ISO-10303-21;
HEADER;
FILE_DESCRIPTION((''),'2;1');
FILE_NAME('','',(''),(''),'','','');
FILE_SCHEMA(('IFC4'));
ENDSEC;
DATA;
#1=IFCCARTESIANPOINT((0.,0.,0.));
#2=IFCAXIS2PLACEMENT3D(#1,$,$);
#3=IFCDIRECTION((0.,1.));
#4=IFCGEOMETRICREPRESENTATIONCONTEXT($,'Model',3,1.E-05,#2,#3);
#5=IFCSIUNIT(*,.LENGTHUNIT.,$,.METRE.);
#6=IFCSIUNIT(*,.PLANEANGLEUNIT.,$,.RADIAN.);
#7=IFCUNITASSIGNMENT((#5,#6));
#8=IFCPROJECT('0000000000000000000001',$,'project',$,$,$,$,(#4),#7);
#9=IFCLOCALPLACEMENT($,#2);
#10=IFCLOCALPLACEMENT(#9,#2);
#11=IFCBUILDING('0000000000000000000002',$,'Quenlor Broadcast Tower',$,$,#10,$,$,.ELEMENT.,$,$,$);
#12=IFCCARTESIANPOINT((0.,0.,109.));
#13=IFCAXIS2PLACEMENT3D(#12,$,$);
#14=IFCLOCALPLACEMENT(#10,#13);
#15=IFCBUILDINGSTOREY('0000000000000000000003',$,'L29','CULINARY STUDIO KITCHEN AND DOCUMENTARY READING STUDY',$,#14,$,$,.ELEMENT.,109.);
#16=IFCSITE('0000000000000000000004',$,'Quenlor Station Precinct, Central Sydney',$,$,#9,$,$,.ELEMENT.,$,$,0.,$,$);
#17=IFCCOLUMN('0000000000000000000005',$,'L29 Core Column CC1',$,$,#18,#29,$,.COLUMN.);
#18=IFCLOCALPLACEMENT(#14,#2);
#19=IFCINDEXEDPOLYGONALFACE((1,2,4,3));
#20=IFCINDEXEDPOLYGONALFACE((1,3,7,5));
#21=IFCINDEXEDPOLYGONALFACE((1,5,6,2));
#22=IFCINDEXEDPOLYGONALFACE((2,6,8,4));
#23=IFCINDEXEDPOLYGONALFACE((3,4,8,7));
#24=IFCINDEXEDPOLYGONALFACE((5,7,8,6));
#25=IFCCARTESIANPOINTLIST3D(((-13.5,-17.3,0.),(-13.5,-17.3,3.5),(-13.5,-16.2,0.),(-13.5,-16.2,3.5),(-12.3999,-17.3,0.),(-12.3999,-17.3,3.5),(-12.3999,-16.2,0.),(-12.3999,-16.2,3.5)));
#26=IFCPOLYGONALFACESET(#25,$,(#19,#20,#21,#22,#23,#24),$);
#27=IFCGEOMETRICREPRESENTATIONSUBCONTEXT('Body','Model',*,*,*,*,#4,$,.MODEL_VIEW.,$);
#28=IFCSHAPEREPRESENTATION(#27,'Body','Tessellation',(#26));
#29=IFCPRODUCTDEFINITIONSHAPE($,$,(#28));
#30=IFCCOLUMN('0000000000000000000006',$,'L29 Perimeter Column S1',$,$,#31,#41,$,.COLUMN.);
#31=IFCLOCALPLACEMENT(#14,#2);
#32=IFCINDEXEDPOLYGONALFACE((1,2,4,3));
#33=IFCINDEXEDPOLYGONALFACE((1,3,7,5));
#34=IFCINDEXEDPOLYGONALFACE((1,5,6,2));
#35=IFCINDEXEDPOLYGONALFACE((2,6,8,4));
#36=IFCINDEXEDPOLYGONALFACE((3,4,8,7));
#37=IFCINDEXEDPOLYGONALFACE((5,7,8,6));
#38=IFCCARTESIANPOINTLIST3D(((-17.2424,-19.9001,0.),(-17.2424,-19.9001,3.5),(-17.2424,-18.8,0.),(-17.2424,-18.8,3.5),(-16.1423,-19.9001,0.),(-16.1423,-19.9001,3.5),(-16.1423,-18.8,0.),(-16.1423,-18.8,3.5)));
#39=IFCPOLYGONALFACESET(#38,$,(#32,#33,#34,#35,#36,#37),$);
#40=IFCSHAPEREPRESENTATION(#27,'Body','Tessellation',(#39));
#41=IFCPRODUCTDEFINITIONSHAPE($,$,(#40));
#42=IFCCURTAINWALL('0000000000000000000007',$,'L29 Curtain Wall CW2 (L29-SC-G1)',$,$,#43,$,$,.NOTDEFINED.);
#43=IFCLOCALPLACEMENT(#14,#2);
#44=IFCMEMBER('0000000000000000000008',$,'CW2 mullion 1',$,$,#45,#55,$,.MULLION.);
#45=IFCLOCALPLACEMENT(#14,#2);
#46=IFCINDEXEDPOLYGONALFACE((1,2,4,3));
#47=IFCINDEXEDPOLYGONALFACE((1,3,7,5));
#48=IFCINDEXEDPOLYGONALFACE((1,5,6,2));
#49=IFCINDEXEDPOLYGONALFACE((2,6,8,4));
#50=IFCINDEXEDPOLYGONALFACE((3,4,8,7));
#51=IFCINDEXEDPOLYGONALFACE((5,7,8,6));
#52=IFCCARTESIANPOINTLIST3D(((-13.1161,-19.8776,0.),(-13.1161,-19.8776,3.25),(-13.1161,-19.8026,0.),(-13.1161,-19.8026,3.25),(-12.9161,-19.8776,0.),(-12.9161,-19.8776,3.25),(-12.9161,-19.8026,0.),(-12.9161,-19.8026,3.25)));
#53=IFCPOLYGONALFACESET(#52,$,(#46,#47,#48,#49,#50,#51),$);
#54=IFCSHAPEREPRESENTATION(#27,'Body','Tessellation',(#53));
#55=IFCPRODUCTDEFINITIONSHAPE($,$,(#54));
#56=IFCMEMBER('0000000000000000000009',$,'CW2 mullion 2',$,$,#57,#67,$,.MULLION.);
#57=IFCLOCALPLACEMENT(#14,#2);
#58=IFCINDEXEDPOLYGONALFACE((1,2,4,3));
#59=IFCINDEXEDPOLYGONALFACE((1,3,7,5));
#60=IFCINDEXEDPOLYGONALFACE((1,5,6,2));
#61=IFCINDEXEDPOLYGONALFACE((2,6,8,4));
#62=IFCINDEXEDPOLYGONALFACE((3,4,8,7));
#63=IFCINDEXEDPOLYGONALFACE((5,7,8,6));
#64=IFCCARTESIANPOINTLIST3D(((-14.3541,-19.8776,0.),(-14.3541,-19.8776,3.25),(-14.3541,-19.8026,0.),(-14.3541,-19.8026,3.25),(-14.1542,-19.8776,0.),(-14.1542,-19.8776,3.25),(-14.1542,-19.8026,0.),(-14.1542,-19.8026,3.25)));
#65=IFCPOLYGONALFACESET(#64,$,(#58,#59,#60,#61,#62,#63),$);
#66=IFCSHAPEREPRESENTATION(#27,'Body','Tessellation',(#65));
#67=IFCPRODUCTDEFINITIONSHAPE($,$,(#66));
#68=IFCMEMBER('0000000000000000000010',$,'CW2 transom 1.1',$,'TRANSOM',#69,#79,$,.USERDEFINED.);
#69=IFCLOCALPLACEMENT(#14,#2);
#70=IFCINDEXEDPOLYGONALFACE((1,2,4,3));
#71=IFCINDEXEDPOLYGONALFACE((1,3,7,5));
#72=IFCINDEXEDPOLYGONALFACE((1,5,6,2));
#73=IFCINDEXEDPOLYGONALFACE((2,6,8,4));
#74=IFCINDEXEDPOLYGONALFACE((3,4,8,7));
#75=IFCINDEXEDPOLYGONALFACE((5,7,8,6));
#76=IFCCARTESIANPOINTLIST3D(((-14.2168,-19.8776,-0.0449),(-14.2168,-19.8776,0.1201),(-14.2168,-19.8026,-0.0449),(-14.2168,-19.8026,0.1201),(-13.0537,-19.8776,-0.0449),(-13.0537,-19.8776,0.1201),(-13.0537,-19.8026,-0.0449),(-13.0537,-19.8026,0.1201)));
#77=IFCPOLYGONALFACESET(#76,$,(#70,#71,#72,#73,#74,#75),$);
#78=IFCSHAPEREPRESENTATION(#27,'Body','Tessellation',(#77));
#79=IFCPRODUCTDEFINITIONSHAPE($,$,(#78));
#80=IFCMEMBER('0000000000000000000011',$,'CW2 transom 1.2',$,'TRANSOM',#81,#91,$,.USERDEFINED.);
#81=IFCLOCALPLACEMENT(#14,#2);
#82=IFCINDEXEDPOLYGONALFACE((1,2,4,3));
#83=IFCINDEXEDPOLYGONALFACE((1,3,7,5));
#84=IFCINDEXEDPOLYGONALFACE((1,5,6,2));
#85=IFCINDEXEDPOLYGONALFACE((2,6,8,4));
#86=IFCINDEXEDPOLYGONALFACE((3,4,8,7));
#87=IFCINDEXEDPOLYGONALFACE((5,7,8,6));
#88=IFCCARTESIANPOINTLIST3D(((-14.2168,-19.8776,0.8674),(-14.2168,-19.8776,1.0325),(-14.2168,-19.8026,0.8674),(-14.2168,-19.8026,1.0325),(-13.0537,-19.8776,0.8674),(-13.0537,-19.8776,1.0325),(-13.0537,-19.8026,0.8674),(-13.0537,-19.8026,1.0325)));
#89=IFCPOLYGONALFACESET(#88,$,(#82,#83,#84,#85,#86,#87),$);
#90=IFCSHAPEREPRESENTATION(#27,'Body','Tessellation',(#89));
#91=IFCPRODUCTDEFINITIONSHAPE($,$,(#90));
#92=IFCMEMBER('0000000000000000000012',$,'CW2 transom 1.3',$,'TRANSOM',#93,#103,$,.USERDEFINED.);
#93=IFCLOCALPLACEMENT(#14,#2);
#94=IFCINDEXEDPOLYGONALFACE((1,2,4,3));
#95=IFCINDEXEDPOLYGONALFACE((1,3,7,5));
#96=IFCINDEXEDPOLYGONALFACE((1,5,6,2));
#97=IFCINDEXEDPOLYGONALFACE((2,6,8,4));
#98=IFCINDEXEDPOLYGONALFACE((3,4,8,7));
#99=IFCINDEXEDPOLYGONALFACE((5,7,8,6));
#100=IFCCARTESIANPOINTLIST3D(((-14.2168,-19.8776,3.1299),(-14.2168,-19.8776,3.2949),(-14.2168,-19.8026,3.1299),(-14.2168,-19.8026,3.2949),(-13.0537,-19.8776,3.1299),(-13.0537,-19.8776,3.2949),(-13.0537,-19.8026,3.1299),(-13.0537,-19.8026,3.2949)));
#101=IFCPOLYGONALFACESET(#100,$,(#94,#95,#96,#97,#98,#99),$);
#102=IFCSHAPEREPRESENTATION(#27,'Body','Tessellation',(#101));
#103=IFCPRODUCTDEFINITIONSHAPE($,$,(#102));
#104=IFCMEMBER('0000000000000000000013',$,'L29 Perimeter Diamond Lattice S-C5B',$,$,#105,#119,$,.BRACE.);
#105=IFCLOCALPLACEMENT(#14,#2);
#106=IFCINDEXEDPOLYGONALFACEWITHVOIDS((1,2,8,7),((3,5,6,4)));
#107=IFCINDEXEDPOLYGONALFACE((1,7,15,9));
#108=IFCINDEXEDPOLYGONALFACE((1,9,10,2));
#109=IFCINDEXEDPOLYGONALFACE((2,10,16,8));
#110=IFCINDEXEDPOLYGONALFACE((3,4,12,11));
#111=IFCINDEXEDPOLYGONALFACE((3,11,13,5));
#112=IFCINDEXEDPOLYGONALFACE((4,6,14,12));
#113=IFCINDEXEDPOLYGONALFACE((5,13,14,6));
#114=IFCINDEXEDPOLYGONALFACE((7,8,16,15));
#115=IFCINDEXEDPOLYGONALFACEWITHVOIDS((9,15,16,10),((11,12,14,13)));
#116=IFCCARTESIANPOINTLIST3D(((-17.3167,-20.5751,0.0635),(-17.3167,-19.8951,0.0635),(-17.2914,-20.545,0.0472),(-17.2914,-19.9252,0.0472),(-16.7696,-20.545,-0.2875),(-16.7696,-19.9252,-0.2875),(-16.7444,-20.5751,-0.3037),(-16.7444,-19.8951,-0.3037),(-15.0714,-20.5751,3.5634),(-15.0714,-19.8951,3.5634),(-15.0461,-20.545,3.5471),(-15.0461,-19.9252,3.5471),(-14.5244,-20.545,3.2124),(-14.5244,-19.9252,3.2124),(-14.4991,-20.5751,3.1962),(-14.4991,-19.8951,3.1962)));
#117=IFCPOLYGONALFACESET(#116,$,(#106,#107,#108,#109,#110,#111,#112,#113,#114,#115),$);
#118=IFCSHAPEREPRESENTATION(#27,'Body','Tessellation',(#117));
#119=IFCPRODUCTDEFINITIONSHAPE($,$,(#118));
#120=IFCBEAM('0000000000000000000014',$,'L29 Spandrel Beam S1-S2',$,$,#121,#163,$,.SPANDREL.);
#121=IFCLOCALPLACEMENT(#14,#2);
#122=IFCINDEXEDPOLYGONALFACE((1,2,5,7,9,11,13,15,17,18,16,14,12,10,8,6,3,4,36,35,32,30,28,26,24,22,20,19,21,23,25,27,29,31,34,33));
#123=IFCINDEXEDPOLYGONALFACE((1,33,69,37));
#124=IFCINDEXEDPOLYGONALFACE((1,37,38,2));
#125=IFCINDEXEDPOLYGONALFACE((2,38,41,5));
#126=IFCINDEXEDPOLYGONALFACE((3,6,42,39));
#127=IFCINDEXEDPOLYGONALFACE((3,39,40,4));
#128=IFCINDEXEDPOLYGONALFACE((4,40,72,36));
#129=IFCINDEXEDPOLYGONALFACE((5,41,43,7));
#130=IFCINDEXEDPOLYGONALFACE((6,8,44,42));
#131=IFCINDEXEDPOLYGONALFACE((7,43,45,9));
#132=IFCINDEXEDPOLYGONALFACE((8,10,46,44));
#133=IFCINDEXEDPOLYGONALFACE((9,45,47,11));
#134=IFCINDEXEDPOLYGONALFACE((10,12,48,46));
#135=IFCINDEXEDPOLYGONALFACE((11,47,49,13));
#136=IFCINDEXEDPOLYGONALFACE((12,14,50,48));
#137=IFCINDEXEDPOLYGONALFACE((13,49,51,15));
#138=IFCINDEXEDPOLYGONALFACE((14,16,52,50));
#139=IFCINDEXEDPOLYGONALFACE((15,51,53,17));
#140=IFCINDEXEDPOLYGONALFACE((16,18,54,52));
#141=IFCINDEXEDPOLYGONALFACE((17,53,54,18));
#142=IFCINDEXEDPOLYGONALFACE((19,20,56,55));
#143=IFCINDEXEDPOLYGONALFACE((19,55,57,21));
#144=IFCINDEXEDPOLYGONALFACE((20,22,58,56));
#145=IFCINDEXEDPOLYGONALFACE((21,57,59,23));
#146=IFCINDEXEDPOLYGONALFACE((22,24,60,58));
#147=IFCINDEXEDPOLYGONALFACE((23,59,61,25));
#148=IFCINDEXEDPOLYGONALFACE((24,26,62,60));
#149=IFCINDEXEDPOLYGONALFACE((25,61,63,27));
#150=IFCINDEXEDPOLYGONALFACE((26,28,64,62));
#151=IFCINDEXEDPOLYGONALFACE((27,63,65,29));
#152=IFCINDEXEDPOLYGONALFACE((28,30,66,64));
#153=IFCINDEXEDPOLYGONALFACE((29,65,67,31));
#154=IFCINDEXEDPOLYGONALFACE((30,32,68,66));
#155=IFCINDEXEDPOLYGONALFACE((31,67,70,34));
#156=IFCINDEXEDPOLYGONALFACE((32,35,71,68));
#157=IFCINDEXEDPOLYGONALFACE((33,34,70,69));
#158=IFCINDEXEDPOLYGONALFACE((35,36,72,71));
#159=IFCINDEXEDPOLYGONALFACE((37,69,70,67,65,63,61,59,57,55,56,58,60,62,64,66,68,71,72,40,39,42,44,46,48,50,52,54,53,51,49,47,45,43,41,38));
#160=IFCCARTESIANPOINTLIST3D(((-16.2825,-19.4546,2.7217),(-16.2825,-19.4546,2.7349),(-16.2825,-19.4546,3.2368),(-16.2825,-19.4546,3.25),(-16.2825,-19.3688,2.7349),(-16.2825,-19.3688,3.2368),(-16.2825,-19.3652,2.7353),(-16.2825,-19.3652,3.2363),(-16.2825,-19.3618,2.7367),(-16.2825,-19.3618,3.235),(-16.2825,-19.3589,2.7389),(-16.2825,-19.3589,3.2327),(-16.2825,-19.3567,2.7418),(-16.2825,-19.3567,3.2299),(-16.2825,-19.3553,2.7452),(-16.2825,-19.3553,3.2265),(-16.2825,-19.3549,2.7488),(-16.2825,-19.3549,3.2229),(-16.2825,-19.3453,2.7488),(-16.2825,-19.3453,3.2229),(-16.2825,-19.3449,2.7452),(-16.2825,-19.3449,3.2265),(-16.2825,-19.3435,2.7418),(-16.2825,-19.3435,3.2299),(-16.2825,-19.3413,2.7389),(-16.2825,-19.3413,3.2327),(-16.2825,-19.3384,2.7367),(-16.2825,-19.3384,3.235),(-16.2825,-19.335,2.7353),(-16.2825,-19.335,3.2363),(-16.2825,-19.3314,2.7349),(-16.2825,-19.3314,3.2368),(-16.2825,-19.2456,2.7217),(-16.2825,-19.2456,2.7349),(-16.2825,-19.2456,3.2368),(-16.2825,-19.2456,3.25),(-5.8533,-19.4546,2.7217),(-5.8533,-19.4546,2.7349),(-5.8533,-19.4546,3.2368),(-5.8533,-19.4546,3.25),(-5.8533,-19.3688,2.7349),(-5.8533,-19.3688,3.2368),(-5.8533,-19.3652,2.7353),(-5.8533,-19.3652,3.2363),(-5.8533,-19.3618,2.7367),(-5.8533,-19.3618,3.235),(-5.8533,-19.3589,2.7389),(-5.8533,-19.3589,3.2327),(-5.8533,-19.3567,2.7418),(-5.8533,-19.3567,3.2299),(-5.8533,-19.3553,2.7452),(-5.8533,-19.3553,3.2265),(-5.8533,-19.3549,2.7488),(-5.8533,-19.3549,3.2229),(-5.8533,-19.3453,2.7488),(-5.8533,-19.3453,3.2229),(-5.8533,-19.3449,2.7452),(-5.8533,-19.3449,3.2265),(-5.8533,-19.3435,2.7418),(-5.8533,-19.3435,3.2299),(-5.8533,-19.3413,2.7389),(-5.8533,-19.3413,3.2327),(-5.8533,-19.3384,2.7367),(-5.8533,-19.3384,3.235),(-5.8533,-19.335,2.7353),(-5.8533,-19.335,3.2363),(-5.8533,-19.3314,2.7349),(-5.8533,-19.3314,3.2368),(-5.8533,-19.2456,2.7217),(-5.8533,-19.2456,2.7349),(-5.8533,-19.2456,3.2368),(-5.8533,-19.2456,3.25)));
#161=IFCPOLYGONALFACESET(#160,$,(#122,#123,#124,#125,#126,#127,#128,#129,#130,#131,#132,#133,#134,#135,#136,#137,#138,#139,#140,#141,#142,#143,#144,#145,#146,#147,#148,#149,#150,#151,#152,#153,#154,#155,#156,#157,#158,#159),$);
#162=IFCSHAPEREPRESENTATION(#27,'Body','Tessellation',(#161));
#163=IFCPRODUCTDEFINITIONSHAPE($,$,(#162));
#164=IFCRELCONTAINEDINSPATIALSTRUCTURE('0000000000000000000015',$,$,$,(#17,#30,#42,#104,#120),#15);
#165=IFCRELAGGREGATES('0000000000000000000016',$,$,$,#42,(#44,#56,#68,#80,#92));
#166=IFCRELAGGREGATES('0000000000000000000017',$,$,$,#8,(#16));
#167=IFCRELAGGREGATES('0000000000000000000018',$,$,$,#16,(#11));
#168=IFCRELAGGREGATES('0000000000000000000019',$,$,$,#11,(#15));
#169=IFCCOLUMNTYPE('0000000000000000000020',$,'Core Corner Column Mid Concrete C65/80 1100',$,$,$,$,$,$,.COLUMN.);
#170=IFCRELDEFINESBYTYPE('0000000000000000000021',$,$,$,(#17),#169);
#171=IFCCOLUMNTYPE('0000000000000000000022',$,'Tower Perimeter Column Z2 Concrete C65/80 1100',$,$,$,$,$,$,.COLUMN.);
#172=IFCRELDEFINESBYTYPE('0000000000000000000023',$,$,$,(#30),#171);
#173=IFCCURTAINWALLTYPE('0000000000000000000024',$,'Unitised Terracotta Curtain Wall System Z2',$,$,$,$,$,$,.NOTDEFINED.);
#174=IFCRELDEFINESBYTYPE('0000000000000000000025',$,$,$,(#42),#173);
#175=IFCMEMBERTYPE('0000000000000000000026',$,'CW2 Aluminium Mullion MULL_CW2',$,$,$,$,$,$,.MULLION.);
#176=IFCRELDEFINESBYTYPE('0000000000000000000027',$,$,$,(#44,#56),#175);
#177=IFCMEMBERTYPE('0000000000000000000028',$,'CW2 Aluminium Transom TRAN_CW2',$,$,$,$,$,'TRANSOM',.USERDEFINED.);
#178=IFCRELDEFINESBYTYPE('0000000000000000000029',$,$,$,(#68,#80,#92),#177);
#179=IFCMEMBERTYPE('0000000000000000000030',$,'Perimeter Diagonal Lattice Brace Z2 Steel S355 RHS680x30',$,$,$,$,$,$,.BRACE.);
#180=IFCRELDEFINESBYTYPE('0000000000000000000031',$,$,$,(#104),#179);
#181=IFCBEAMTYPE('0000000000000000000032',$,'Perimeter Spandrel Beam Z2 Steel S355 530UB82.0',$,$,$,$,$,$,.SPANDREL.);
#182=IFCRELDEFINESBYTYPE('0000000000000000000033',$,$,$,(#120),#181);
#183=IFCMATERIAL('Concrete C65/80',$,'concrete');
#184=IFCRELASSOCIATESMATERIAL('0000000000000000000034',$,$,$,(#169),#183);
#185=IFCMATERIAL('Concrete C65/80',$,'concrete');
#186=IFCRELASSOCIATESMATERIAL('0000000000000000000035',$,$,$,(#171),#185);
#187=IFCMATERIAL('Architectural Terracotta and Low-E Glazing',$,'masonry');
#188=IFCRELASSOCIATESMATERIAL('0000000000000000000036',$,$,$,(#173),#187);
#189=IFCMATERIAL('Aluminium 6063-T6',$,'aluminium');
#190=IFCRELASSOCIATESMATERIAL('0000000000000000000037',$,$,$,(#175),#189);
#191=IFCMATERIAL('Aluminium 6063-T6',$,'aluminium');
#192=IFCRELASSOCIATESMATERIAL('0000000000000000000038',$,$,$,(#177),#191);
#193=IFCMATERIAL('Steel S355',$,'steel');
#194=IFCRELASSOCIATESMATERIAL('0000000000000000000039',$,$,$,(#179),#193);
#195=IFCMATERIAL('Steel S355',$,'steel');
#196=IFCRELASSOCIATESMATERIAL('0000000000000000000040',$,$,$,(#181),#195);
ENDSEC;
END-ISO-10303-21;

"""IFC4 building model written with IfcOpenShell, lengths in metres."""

from ifc_helpers import new_model, si_unit, direction, frame, origin, origin_2d, place, context, subcontext, project, spatial, rectangle, hollow_rectangle, i_section, extrude, material, material_profile, profile_set, type_object, element, aggregate, save


model = new_model("IFC4")

# Units and contexts
model_context = context("Model", 3, precision=1e-05, world=origin(), true_north=direction((0.0, 1.0)))
body_context = subcontext(model_context, "Body", "Model", "MODEL_VIEW")
ifc_project = project(units=[si_unit("LENGTHUNIT", "METRE"), si_unit("PLANEANGLEUNIT", "RADIAN")], contexts=[model_context])

# Site, building, storey
site_placement = place(None, origin())
site = spatial("IfcSite", under=ifc_project, at=site_placement, Name="Quenlor Station Precinct, Central Sydney", CompositionType="ELEMENT", RefElevation=0.0)
building_placement = place(site_placement, origin())
building = spatial("IfcBuilding", under=site, at=building_placement, Name="Quenlor Broadcast Tower", CompositionType="ELEMENT")
storey_placement = place(building_placement, frame((0.0, 0.0, 109.0)))
storey = spatial("IfcBuildingStorey", under=building, at=storey_placement, Name="L29", Description="CULINARY STUDIO KITCHEN AND DOCUMENTARY READING STUDY", CompositionType="ELEMENT", Elevation=109.0)

# Columns
ifc_material_1 = material(Name="Concrete C65/80", Category="concrete")
ifc_material_profile_1 = material_profile(ifc_material_1, rectangle(XDim=1.1001, YDim=1.1001, at=origin_2d()))
ifc_profile_set_1 = profile_set([ifc_material_profile_1], Name="Concrete C65/80 RC1100x1100")
column_type_1 = type_object("IfcColumnType", Name="Core Corner Column Mid Concrete C65/80 1100", PredefinedType="COLUMN", material=ifc_profile_set_1)
column_1_placement = place(storey_placement, frame((-12.95, -16.75, 0.0), z_axis=(0.0, 0.0, 1.0), x_axis=(1.0, 0.0, 0.0)))
element("IfcColumn", 1, at=column_1_placement, inside=storey, type_object=column_type_1, Name="L29 Core Column CC1", PredefinedType="COLUMN", context=body_context, shape_type="SweptSolid", body=[
    extrude(rectangle(XDim=1.1001, YDim=1.1001, at=origin_2d()), origin(), (0.0, 0.0, 1.0), 3.5),
])
ifc_material_2 = material(Name="Concrete C65/80", Category="concrete")
ifc_material_profile_2 = material_profile(ifc_material_2, rectangle(XDim=1.1001, YDim=1.1001, at=origin_2d()))
ifc_profile_set_2 = profile_set([ifc_material_profile_2], Name="Concrete C65/80 RC1100x1100")
column_type_2 = type_object("IfcColumnType", Name="Tower Perimeter Column Z2 Concrete C65/80 1100", PredefinedType="COLUMN", material=ifc_profile_set_2)
column_2_placement = place(storey_placement, frame((-16.6924, -19.3501, 0.0), z_axis=(0.0, 0.0, 1.0), x_axis=(0.0, 1.0, 0.0)))
element("IfcColumn", 2, at=column_2_placement, inside=storey, type_object=column_type_2, Name="L29 Perimeter Column S1", PredefinedType="COLUMN", context=body_context, shape_type="SweptSolid", body=[
    extrude(rectangle(XDim=1.1001, YDim=1.1001, at=origin_2d()), origin(), (0.0, 0.0, 1.0), 3.5),
])

# Curtain wall, members
ifc_material_3 = material(Name="Architectural Terracotta and Low-E Glazing", Category="masonry")
curtain_wall_type = type_object("IfcCurtainWallType", Name="Unitised Terracotta Curtain Wall System Z2", PredefinedType="NOTDEFINED", material=ifc_material_3)
curtain_wall_placement = place(storey_placement, origin())
curtain_wall = element("IfcCurtainWall", 3, at=curtain_wall_placement, inside=storey, type_object=curtain_wall_type, Name="L29 Curtain Wall CW2 (L29-SC-G1)", PredefinedType="NOTDEFINED")
ifc_material_4 = material(Name="Aluminium 6063-T6", Category="aluminium")
ifc_material_profile_3 = material_profile(ifc_material_4, rectangle(XDim=0.075, YDim=0.2, at=origin_2d()))
ifc_profile_set_3 = profile_set([ifc_material_profile_3], Name="Aluminium 6063-T6 MULL75x200")
member_type_1 = type_object("IfcMemberType", Name="CW2 Aluminium Mullion MULL_CW2", PredefinedType="MULLION", material=ifc_profile_set_3)
member_1_placement = place(storey_placement, frame((-13.0161, -19.8401, 0.0), z_axis=(0.0, 0.0, 1.0), x_axis=(0.0, -1.0, 0.0)))
member_1 = element("IfcMember", 4, at=member_1_placement, type_object=member_type_1, Name="CW2 mullion 1", PredefinedType="MULLION", context=body_context, shape_type="SweptSolid", body=[
    extrude(rectangle(XDim=0.075, YDim=0.2, at=origin_2d()), origin(), (0.0, 0.0, 1.0), 3.25),
])
member_2_placement = place(storey_placement, frame((-14.2542, -19.8401, 0.0), z_axis=(0.0, 0.0, 1.0), x_axis=(0.0, -1.0, 0.0)))
member_2 = element("IfcMember", 5, at=member_2_placement, type_object=member_type_1, Name="CW2 mullion 2", PredefinedType="MULLION", context=body_context, shape_type="SweptSolid", body=[
    extrude(rectangle(XDim=0.075, YDim=0.2, at=origin_2d()), origin(), (0.0, 0.0, 1.0), 3.25),
])
ifc_material_5 = material(Name="Aluminium 6063-T6", Category="aluminium")
ifc_material_profile_4 = material_profile(ifc_material_5, rectangle(XDim=0.075, YDim=0.165, at=origin_2d()))
ifc_profile_set_4 = profile_set([ifc_material_profile_4], Name="Aluminium 6063-T6 TRAN75x165")
member_type_2 = type_object("IfcMemberType", Name="CW2 Aluminium Transom TRAN_CW2", ElementType="TRANSOM", PredefinedType="USERDEFINED", material=ifc_profile_set_4)
member_3_placement = place(storey_placement, frame((-13.0537, -19.8401, 0.0376), z_axis=(-1.0, 0.0, 0.0), x_axis=(0.0, -1.0, 0.0)))
member_3 = element("IfcMember", 6, at=member_3_placement, type_object=member_type_2, Name="CW2 transom 1.1", ObjectType="TRANSOM", PredefinedType="USERDEFINED", context=body_context, shape_type="SweptSolid", body=[
    extrude(rectangle(XDim=0.075, YDim=0.165, at=origin_2d()), origin(), (0.0, 0.0, 1.0), 1.1631),
])
member_4_placement = place(storey_placement, frame((-13.0537, -19.8401, 0.95), z_axis=(-1.0, 0.0, 0.0), x_axis=(0.0, -1.0, 0.0)))
member_4 = element("IfcMember", 7, at=member_4_placement, type_object=member_type_2, Name="CW2 transom 1.2", ObjectType="TRANSOM", PredefinedType="USERDEFINED", context=body_context, shape_type="SweptSolid", body=[
    extrude(rectangle(XDim=0.075, YDim=0.165, at=origin_2d()), origin(), (0.0, 0.0, 1.0), 1.1631),
])
member_5_placement = place(storey_placement, frame((-13.0537, -19.8401, 3.2124), z_axis=(-1.0, 0.0, 0.0), x_axis=(0.0, -1.0, 0.0)))
member_5 = element("IfcMember", 8, at=member_5_placement, type_object=member_type_2, Name="CW2 transom 1.3", ObjectType="TRANSOM", PredefinedType="USERDEFINED", context=body_context, shape_type="SweptSolid", body=[
    extrude(rectangle(XDim=0.075, YDim=0.165, at=origin_2d()), origin(), (0.0, 0.0, 1.0), 1.1631),
])

# Member
ifc_material_6 = material(Name="Steel S355", Category="steel")
ifc_material_profile_5 = material_profile(ifc_material_6, hollow_rectangle(XDim=0.6799, YDim=0.6799, WallThickness=0.03, at=origin_2d()))
ifc_profile_set_5 = profile_set([ifc_material_profile_5], Name="Steel S355 RHS680x680x30")
member_type_3 = type_object("IfcMemberType", Name="Perimeter Diagonal Lattice Brace Z2 Steel S355 RHS680x30", PredefinedType="BRACE", material=ifc_profile_set_5)
member_6_placement = place(storey_placement, frame((-17.0305, -20.2351, -0.1201), z_axis=(0.539968, 0.0, 0.841686), x_axis=(0.0, 1.0, 0.0)))
element("IfcMember", 9, at=member_6_placement, inside=storey, type_object=member_type_3, Name="L29 Perimeter Diamond Lattice S-C5B", PredefinedType="BRACE", context=body_context, shape_type="SweptSolid", body=[
    extrude(hollow_rectangle(XDim=0.6799, YDim=0.6799, WallThickness=0.03, at=origin_2d()), origin(), (0.0, 0.0, 1.0), 4.1582),
])

# Beam
ifc_material_7 = material(Name="Steel S355", Category="steel")
ifc_material_profile_6 = material_profile(ifc_material_7, i_section(OverallWidth=0.209, OverallDepth=0.5283, WebThickness=0.0095, FlangeThickness=0.0132, FilletRadius=0.0139, at=origin_2d()))
ifc_profile_set_6 = profile_set([ifc_material_profile_6], Name="Steel S355 530UB82.0")
beam_type_1 = type_object("IfcBeamType", Name="Perimeter Spandrel Beam Z2 Steel S355 530UB82.0", PredefinedType="SPANDREL", material=ifc_profile_set_6)
beam_1_placement = place(storey_placement, frame((-16.2825, -19.3501, 2.9858), z_axis=(1.0, 0.0, 0.0), x_axis=(0.0, 1.0, 0.0)))
element("IfcBeam", 10, at=beam_1_placement, inside=storey, type_object=beam_type_1, Name="L29 Spandrel Beam S1-S2", PredefinedType="SPANDREL", context=body_context, shape_type="SweptSolid", body=[
    extrude(i_section(OverallWidth=0.209, OverallDepth=0.5283, WebThickness=0.0095, FlangeThickness=0.0132, FilletRadius=0.0139, at=origin_2d()), origin(), (0.0, 0.0, 1.0), 10.4292),
])

aggregate(curtain_wall, [member_1, member_2, member_3, member_4, member_5])

save(model, "model.ifc")
